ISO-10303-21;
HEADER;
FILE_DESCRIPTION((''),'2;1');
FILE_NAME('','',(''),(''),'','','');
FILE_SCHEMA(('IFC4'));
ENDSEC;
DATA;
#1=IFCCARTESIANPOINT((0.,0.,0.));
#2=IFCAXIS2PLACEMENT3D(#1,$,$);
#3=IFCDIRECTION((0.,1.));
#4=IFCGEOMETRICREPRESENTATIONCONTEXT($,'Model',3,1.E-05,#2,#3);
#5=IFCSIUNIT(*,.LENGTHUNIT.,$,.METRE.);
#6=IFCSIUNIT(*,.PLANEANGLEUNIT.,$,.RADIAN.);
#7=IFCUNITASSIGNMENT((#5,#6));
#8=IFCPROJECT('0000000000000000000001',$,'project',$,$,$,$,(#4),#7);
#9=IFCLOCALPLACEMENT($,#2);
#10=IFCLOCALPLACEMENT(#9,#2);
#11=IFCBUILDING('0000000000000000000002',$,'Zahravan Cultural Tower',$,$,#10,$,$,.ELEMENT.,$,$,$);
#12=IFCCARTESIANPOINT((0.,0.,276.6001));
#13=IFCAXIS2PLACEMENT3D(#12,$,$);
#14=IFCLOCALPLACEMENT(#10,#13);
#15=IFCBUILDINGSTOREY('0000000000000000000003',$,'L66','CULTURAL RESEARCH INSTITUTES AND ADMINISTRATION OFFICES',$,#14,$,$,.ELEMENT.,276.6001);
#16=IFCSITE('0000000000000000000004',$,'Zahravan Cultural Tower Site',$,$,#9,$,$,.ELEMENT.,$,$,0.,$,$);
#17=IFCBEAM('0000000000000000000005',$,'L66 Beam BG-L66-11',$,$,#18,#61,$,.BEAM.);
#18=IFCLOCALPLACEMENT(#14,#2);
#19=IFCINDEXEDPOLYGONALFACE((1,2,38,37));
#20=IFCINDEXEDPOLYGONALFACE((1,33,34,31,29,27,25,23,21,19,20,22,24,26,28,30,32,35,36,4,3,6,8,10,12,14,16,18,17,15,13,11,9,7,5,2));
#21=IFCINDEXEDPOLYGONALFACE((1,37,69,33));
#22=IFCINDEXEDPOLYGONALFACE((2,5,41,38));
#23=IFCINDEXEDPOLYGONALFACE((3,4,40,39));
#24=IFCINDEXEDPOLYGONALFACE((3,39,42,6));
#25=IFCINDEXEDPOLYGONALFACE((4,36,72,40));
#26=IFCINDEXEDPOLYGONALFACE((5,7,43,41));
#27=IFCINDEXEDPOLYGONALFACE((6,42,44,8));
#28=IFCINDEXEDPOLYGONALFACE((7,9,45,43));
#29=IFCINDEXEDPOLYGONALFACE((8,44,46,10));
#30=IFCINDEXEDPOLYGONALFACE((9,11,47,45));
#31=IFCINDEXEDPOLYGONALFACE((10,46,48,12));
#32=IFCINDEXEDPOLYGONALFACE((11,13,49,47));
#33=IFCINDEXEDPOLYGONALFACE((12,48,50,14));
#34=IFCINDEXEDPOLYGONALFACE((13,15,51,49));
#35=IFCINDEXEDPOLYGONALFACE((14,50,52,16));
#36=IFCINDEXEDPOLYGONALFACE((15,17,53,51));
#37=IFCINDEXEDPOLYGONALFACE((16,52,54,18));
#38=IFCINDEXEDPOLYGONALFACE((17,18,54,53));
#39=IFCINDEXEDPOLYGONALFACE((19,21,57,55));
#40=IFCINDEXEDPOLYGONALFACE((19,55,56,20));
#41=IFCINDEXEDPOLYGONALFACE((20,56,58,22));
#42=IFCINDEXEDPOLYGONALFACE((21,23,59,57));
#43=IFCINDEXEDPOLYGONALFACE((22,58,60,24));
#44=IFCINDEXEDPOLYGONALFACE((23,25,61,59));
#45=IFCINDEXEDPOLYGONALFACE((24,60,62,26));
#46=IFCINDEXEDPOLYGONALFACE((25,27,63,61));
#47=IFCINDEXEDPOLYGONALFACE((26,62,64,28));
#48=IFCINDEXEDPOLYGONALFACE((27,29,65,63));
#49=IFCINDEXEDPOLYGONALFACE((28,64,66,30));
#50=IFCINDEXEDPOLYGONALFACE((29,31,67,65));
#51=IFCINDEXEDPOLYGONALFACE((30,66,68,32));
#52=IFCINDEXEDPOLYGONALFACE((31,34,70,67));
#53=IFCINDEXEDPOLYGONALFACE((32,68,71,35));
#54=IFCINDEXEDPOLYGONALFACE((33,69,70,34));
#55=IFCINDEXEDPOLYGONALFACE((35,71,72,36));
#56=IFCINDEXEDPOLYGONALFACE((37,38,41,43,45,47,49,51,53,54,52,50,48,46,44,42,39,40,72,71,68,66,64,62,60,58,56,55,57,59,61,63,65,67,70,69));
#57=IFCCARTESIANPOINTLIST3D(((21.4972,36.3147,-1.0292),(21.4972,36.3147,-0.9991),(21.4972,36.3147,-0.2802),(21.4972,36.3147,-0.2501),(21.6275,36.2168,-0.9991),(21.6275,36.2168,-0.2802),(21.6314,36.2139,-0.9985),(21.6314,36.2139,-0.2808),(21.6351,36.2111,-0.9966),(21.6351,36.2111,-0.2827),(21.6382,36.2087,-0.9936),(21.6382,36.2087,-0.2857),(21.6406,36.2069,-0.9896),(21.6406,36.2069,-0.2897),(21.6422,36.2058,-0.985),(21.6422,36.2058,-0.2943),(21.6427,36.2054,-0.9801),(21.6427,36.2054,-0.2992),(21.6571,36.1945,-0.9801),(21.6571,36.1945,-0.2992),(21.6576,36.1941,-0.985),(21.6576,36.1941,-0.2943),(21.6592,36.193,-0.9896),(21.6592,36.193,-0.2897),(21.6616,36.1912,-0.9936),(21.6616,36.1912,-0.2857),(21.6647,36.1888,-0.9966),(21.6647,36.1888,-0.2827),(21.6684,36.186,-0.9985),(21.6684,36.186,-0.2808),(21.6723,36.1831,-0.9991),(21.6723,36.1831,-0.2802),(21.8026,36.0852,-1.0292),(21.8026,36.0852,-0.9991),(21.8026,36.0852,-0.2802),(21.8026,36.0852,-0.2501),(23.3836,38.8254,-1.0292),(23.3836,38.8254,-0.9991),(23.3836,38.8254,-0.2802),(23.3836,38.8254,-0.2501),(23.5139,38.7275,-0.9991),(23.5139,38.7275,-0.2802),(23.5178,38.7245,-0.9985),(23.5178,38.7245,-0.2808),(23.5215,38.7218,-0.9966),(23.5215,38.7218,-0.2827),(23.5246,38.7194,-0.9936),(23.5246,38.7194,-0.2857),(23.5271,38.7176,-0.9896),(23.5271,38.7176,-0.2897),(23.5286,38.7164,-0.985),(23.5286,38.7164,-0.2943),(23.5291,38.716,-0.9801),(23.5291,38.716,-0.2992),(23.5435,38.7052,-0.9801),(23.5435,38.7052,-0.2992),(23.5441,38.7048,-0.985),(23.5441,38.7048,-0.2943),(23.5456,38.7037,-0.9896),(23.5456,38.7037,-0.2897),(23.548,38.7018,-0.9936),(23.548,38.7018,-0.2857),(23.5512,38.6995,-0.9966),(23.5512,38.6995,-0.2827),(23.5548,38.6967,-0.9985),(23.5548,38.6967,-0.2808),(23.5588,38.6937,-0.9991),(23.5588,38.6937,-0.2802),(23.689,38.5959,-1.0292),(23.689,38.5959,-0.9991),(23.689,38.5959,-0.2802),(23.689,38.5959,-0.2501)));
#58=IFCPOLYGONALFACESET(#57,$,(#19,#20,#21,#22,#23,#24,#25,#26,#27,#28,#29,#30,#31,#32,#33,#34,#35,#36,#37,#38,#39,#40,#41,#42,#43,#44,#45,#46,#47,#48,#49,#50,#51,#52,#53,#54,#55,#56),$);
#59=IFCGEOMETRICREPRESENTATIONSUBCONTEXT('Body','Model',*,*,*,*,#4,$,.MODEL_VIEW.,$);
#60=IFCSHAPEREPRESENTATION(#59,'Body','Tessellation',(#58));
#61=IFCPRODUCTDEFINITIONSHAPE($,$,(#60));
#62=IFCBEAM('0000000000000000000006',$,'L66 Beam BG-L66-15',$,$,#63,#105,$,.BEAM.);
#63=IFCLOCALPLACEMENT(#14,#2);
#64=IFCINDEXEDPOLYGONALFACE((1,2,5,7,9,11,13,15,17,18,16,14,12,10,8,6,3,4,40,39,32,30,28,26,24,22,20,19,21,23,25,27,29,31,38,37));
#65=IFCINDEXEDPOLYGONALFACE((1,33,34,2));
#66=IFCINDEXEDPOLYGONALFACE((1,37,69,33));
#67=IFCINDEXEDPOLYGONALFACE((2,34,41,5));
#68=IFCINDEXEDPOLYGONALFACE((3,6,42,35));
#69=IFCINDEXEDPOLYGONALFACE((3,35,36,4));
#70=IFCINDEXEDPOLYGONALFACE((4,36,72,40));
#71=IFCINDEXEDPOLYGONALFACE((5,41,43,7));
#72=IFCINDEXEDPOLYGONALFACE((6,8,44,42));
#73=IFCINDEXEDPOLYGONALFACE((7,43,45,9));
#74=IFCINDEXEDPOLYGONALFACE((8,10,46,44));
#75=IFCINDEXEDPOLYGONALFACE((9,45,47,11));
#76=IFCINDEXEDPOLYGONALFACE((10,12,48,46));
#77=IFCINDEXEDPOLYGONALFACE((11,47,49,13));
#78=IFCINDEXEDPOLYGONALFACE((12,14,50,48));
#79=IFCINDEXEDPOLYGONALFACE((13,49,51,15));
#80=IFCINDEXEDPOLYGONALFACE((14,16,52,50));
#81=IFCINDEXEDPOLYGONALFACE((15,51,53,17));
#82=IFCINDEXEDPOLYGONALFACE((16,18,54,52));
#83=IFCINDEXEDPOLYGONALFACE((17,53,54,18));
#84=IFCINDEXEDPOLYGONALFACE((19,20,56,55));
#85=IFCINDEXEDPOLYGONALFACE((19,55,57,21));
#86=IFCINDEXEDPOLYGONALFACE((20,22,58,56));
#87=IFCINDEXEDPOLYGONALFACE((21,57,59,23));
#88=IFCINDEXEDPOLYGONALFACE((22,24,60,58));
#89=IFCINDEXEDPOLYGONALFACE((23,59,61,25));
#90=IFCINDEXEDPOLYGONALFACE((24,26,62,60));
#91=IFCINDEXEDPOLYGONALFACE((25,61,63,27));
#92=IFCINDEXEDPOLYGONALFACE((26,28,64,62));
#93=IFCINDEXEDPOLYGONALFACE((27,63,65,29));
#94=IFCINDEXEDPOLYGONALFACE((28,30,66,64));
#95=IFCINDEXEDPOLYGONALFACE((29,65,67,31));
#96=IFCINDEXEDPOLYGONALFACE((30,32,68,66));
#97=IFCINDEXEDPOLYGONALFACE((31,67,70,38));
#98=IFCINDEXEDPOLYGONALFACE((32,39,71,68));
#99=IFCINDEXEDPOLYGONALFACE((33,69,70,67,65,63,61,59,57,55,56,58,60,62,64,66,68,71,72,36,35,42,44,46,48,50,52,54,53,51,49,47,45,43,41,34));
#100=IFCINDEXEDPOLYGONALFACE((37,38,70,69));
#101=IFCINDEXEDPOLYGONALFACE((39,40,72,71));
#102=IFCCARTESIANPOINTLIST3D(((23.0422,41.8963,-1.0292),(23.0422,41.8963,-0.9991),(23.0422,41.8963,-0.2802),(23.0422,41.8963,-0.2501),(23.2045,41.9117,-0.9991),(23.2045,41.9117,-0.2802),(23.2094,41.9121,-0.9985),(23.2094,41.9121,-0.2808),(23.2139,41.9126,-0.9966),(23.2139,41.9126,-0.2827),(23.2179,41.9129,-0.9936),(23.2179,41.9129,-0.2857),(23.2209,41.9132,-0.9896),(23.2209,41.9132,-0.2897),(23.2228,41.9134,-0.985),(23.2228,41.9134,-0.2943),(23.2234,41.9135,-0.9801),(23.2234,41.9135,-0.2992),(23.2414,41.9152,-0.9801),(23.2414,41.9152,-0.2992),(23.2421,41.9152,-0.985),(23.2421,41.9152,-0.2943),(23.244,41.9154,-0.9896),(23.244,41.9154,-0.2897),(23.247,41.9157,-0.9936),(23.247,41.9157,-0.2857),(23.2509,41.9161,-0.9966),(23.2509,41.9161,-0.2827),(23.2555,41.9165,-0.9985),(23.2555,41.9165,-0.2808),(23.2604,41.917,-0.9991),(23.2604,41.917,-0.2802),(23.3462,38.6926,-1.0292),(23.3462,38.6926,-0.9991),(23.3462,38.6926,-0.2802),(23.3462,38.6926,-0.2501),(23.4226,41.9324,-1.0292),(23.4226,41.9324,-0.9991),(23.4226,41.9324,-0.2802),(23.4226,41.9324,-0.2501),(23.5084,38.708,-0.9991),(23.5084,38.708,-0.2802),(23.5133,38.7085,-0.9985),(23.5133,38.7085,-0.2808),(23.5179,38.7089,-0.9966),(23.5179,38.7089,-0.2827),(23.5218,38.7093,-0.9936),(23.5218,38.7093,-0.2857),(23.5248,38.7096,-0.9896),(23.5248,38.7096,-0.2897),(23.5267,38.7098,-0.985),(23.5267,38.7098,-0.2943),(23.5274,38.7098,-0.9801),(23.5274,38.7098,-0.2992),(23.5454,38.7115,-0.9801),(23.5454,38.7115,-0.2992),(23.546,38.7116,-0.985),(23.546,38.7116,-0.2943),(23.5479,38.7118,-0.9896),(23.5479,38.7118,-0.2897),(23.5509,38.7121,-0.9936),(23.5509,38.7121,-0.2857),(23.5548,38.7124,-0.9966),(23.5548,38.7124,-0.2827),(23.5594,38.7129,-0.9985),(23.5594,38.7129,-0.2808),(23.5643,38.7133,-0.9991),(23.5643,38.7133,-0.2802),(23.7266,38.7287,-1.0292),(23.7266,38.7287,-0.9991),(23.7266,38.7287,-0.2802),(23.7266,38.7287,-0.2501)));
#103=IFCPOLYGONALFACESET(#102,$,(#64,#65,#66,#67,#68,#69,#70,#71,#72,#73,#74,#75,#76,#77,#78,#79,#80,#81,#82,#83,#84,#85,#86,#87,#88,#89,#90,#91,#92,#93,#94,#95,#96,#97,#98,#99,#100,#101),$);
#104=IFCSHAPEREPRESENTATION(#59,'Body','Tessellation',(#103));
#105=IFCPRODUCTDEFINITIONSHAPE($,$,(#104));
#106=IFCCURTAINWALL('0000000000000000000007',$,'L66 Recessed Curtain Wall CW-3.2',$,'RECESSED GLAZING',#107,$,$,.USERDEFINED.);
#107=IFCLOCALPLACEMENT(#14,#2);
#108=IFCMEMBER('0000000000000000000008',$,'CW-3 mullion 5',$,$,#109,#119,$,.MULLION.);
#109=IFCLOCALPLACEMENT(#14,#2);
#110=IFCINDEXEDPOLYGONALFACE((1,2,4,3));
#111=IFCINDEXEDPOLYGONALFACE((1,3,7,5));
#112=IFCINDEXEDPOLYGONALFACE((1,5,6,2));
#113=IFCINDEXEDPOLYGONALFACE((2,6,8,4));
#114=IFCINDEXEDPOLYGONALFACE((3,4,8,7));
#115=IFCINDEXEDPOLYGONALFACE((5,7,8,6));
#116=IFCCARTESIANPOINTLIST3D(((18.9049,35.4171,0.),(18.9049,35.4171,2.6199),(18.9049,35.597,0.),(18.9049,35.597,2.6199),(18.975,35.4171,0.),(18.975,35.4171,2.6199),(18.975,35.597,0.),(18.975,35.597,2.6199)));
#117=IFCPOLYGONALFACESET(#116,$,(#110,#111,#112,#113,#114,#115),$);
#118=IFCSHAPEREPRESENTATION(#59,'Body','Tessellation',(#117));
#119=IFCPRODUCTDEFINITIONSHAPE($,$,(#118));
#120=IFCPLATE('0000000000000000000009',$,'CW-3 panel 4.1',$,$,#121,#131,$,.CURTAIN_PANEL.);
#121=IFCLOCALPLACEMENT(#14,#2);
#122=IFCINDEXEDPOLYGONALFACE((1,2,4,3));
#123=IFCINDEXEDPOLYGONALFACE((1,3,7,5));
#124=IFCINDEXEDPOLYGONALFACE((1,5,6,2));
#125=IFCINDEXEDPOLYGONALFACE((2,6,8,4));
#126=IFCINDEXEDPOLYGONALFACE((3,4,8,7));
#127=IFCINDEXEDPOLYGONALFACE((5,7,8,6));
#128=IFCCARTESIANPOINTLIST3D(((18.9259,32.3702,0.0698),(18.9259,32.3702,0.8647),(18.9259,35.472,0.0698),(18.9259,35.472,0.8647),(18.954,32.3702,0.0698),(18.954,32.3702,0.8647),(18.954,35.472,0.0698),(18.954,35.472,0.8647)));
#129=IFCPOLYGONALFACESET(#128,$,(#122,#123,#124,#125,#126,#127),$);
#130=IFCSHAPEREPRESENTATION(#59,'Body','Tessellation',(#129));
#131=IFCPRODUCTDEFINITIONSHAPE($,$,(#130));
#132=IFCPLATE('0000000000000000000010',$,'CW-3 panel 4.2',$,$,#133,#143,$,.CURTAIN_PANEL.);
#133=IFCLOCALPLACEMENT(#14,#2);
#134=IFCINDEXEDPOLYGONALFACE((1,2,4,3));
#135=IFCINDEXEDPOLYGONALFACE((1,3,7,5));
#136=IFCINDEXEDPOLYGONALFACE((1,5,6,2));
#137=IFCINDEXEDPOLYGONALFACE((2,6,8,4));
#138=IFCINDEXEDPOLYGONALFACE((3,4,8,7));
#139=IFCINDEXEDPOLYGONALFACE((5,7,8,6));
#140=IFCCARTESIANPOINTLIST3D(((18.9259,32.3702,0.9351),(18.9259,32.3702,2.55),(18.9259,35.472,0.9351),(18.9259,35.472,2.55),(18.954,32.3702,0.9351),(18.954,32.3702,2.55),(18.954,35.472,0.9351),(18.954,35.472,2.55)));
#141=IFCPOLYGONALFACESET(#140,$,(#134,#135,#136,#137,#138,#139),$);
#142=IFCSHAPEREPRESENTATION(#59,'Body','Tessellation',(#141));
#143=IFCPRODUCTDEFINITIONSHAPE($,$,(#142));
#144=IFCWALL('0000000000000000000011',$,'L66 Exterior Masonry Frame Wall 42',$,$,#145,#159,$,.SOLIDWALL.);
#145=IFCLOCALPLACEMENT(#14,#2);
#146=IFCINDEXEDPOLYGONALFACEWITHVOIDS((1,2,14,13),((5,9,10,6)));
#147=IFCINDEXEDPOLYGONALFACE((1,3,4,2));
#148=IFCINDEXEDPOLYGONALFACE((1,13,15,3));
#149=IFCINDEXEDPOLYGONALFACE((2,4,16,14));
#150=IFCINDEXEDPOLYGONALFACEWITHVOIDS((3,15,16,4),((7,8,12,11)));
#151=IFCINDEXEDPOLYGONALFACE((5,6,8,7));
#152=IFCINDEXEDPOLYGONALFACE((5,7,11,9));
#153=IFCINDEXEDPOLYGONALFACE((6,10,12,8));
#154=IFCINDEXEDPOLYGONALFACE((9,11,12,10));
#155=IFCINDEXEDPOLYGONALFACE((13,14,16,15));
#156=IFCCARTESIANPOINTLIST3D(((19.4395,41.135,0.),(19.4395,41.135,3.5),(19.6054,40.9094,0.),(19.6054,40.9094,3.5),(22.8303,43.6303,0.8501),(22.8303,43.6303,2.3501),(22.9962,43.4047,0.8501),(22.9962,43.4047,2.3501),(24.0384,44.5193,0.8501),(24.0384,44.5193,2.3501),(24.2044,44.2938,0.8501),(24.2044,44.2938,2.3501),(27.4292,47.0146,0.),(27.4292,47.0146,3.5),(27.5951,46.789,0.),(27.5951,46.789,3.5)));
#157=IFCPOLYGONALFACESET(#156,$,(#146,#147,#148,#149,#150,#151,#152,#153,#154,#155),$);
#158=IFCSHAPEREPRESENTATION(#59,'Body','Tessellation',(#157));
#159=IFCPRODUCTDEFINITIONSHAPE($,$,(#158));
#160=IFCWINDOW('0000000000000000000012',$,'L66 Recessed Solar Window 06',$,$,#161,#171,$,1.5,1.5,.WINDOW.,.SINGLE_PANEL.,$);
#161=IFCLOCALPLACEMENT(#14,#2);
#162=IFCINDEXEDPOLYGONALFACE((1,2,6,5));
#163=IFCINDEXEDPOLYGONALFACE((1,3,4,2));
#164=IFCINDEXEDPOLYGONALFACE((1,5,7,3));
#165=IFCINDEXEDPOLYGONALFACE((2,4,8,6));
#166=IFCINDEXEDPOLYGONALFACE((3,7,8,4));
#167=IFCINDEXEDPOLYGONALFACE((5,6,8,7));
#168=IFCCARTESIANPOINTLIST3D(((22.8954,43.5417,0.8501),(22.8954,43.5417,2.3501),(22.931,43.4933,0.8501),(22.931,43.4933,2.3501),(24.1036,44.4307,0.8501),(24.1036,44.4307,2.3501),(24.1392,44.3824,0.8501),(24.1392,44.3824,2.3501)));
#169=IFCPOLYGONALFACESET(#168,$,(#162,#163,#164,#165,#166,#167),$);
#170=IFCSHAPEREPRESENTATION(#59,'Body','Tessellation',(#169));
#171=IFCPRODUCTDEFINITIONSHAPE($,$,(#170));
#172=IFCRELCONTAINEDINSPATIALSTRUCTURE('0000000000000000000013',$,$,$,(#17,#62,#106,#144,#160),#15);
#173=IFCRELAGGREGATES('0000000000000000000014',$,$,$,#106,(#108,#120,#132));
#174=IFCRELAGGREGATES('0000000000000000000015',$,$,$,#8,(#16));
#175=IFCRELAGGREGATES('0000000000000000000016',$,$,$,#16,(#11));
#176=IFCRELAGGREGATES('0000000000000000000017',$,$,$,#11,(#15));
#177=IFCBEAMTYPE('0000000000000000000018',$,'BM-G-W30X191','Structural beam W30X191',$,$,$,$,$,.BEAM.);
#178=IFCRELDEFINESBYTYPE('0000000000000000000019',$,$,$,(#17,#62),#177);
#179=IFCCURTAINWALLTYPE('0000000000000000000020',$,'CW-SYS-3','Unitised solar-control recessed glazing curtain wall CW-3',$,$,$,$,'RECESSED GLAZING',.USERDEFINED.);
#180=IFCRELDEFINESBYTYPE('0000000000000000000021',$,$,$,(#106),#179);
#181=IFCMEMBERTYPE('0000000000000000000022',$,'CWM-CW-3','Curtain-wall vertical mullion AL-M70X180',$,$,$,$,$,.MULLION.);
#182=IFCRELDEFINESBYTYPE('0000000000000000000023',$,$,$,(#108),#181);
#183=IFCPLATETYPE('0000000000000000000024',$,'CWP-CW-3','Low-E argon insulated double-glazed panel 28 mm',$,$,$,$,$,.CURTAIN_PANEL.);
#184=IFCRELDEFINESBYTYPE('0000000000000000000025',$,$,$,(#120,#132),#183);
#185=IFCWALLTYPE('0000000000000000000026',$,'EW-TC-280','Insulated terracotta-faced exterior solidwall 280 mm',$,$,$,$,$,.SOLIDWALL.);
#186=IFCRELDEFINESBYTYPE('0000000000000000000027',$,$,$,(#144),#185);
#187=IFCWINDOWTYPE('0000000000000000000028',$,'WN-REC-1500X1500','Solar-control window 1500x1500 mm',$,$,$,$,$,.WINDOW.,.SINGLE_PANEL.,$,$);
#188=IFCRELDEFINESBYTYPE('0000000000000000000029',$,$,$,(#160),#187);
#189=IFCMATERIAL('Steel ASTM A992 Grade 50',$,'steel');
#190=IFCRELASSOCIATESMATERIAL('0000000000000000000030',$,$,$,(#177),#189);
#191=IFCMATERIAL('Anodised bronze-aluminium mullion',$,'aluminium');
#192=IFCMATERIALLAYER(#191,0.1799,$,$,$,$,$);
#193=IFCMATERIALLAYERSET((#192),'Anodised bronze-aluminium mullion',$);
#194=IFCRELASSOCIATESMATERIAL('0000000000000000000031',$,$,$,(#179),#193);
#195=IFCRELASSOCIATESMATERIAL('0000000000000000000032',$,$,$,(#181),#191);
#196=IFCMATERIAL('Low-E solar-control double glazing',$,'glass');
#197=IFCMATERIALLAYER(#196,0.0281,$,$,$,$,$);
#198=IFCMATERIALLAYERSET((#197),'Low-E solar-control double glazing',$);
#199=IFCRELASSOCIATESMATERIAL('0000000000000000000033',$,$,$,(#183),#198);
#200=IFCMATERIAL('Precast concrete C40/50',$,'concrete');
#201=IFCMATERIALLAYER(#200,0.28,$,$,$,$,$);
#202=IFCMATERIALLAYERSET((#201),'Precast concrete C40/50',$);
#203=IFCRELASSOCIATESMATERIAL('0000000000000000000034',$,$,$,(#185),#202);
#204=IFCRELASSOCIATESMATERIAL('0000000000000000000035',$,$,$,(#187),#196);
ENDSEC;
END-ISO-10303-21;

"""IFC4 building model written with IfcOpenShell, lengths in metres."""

from ifc_helpers import new_model, si_unit, direction, frame, frame_2d, origin, origin_2d, place, context, subcontext, project, spatial, rectangle, i_section, extrude, source, transform, mapped, material, layer, layer_set, material_profile, profile_set, type_object, element, fill, aggregate, save


model = new_model("IFC4")

# Units and contexts
model_context = context("Model", 3, precision=1e-05, world=origin(), true_north=direction((0.0, 1.0)))
body_context = subcontext(model_context, "Body", "Model", "MODEL_VIEW")
ifc_project = project(units=[si_unit("LENGTHUNIT", "METRE"), si_unit("PLANEANGLEUNIT", "RADIAN")], contexts=[model_context])

# Site, building, storey
site_placement = place(None, origin())
site = spatial("IfcSite", under=ifc_project, at=site_placement, Name="Zahravan Cultural Tower Site", CompositionType="ELEMENT", RefElevation=0.0)
building_placement = place(site_placement, origin())
building = spatial("IfcBuilding", under=site, at=building_placement, Name="Zahravan Cultural Tower", CompositionType="ELEMENT")
storey_placement = place(building_placement, frame((0.0, 0.0, 276.6001)))
storey = spatial("IfcBuildingStorey", under=building, at=storey_placement, Name="L66", Description="CULTURAL RESEARCH INSTITUTES AND ADMINISTRATION OFFICES", CompositionType="ELEMENT", Elevation=276.6001)

# Shared definitions
ifc_material_1 = material(Name="Steel ASTM A992 Grade 50", Category="steel")

# Beams
ifc_material_profile_1 = material_profile(ifc_material_1, i_section(OverallWidth=0.3821, OverallDepth=0.7791, WebThickness=0.0181, FlangeThickness=0.03, FilletRadius=0.019, at=origin_2d()), Name="W30X191")
ifc_profile_set_1 = profile_set([ifc_material_profile_1], Name="Steel ASTM A992 Grade 50")
beam_type_1 = type_object("IfcBeamType", Name="BM-G-W30X191", Description="Structural beam W30X191", PredefinedType="BEAM", material=ifc_profile_set_1)
shared_shape_1 = source(origin(), body_context, "Body", "SweptSolid", [
    extrude(i_section(OverallWidth=0.3821, OverallDepth=0.7791, WebThickness=0.0181, FlangeThickness=0.03, FilletRadius=0.019, at=origin_2d()), origin(), (0.0, 0.0, 1.0), 3.1404),
])
beam_1_placement = place(storey_placement, frame((21.6499, 36.2, -0.6396), z_axis=(0.600696, 0.799477, 0.0), x_axis=(-0.799477, 0.600696, 0.0)))
element("IfcBeam", 1, at=beam_1_placement, inside=storey, type_object=beam_type_1, Name="L66 Beam BG-L66-11", PredefinedType="BEAM", context=body_context, shape_type="MappedRepresentation", body=[
    mapped(shared_shape_1, transform((0.0, 0.0, 0.0), x_axis=(1.0, 0.0, 0.0), y_axis=(0.0, 1.0, 0.0), z_axis=(0.0, 0.0, 1.0), scale=1.0)),
])
shared_shape_2 = source(origin(), body_context, "Body", "SweptSolid", [
    extrude(i_section(OverallWidth=0.3821, OverallDepth=0.7791, WebThickness=0.0181, FlangeThickness=0.03, FilletRadius=0.019, at=origin_2d()), origin(), (0.0, 0.0, 1.0), 3.218),
])
beam_2_placement = place(storey_placement, frame((23.5364, 38.7107, -0.6396), z_axis=(-0.094455, 0.995529, 0.0), x_axis=(-0.995529, -0.094455, 0.0)))
element("IfcBeam", 2, at=beam_2_placement, inside=storey, type_object=beam_type_1, Name="L66 Beam BG-L66-15", PredefinedType="BEAM", context=body_context, shape_type="MappedRepresentation", body=[
    mapped(shared_shape_2, transform((0.0, 0.0, 0.0), x_axis=(1.0, 0.0, 0.0), y_axis=(0.0, 1.0, 0.0), z_axis=(0.0, 0.0, 1.0), scale=1.0)),
])

# Curtain wall, member, plates
ifc_material_2 = material(Name="Anodised bronze-aluminium mullion", Category="aluminium")
ifc_layer_1 = layer(ifc_material_2, 0.1799)
ifc_layer_set_1 = layer_set([ifc_layer_1], Name="Anodised bronze-aluminium mullion")
curtain_wall_type = type_object("IfcCurtainWallType", Name="CW-SYS-3", Description="Unitised solar-control recessed glazing curtain wall CW-3", ElementType="RECESSED GLAZING", PredefinedType="USERDEFINED", material=ifc_layer_set_1)
curtain_wall_placement = place(storey_placement, origin())
curtain_wall = element("IfcCurtainWall", 3, at=curtain_wall_placement, inside=storey, type_object=curtain_wall_type, Name="L66 Recessed Curtain Wall CW-3.2", ObjectType="RECESSED GLAZING", PredefinedType="USERDEFINED")
ifc_material_profile_2 = material_profile(ifc_material_2, rectangle(XDim=0.0701, YDim=0.1799, at=origin_2d()), Name="AL-M70X180")
ifc_profile_set_2 = profile_set([ifc_material_profile_2], Name="Anodised bronze-aluminium mullion")
member_type = type_object("IfcMemberType", Name="CWM-CW-3", Description="Curtain-wall vertical mullion AL-M70X180", PredefinedType="MULLION", material=ifc_profile_set_2)
shared_shape_3 = source(origin(), body_context, "Body", "SweptSolid", [
    extrude(rectangle(XDim=0.0701, YDim=0.1799, at=origin_2d()), origin(), (0.0, 0.0, 1.0), 2.6199),
])
member_placement = place(storey_placement, frame((18.9399, 35.5071, 0.0), z_axis=(0.0, 0.0, 1.0), x_axis=(-1.0, 0.0, 0.0)))
member = element("IfcMember", 4, at=member_placement, type_object=member_type, Name="CW-3 mullion 5", PredefinedType="MULLION", context=body_context, shape_type="MappedRepresentation", body=[
    mapped(shared_shape_3, transform((0.0, 0.0, 0.0), x_axis=(1.0, 0.0, 0.0), y_axis=(0.0, 1.0, 0.0), z_axis=(0.0, 0.0, 1.0), scale=1.0)),
])
ifc_material_3 = material(Name="Low-E solar-control double glazing", Category="glass")
ifc_layer_2 = layer(ifc_material_3, 0.0281)
ifc_layer_set_2 = layer_set([ifc_layer_2], Name="Low-E solar-control double glazing")
plate_type = type_object("IfcPlateType", Name="CWP-CW-3", Description="Low-E argon insulated double-glazed panel 28 mm", PredefinedType="CURTAIN_PANEL", material=ifc_layer_set_2)
shared_shape_4 = source(origin(), body_context, "Body", "SweptSolid", [
    extrude(rectangle(XDim=3.1018, YDim=0.0281, at=origin_2d()), origin(), (0.0, 0.0, 1.0), 0.7949),
])
plate_1_placement = place(storey_placement, frame((18.9399, 33.9211, 0.0698), z_axis=(0.0, 0.0, 1.0), x_axis=(0.0, 1.0, 0.0)))
plate_1 = element("IfcPlate", 5, at=plate_1_placement, type_object=plate_type, Name="CW-3 panel 4.1", PredefinedType="CURTAIN_PANEL", context=body_context, shape_type="MappedRepresentation", body=[
    mapped(shared_shape_4, transform((0.0, 0.0, 0.0), x_axis=(1.0, 0.0, 0.0), y_axis=(0.0, 1.0, 0.0), z_axis=(0.0, 0.0, 1.0), scale=1.0)),
])
shared_shape_5 = source(origin(), body_context, "Body", "SweptSolid", [
    extrude(rectangle(XDim=3.1018, YDim=0.0281, at=origin_2d()), origin(), (0.0, 0.0, 1.0), 1.615),
])
plate_2_placement = place(storey_placement, frame((18.9399, 33.9211, 0.9351), z_axis=(0.0, 0.0, 1.0), x_axis=(0.0, 1.0, 0.0)))
plate_2 = element("IfcPlate", 6, at=plate_2_placement, type_object=plate_type, Name="CW-3 panel 4.2", PredefinedType="CURTAIN_PANEL", context=body_context, shape_type="MappedRepresentation", body=[
    mapped(shared_shape_5, transform((0.0, 0.0, 0.0), x_axis=(1.0, 0.0, 0.0), y_axis=(0.0, 1.0, 0.0), z_axis=(0.0, 0.0, 1.0), scale=1.0)),
])
aggregate(curtain_wall, [member, plate_1, plate_2])

# Wall, opening, window
ifc_material_4 = material(Name="Precast concrete C40/50", Category="concrete")
ifc_layer_3 = layer(ifc_material_4, 0.28)
ifc_layer_set_3 = layer_set([ifc_layer_3], Name="Precast concrete C40/50")
wall_type_1 = type_object("IfcWallType", Name="EW-TC-280", Description="Insulated terracotta-faced exterior solidwall 280 mm", PredefinedType="SOLIDWALL", material=ifc_layer_set_3)
wall_1_placement = place(storey_placement, frame((19.5225, 41.0222, 0.0), z_axis=(0.0, 0.0, 1.0), x_axis=(0.805419, 0.592706, 0.0)))
wall_1 = element("IfcWall", 7, at=wall_1_placement, inside=storey, type_object=wall_type_1, Name="L66 Exterior Masonry Frame Wall 42", PredefinedType="SOLIDWALL", context=body_context, shape_type="SweptSolid", body=[
    extrude(rectangle(XDim=9.9199, YDim=0.28, at=frame_2d((4.96, 0.0))), origin(), (0.0, 0.0, 1.0), 3.5),
])
opening_placement = place(wall_1_placement, frame((4.21, 0.0, 0.8501)))
opening = element("IfcOpeningElement", 8, at=opening_placement, cuts=wall_1, PredefinedType="OPENING", context=body_context, shape_type="SweptSolid", body=[
    extrude(rectangle(XDim=1.5, YDim=1.5, at=frame_2d((0.75, 0.75))), frame((0.0, 0.1499, 0.0), z_axis=(0.0, -1.0, 0.0), x_axis=(1.0, 0.0, 0.0)), (0.0, 0.0, 1.0), 0.3),
])
window_type = type_object("IfcWindowType", Name="WN-REC-1500X1500", Description="Solar-control window 1500x1500 mm", PartitioningType="SINGLE_PANEL", PredefinedType="WINDOW", material=ifc_material_3)
shared_shape_6 = source(origin(), body_context, "Body", "SweptSolid", [
    extrude(rectangle(XDim=1.5, YDim=1.5, at=frame_2d((0.75, 0.75))), frame((0.0, 0.03, 0.0), z_axis=(0.0, -1.0, 0.0), x_axis=(1.0, 0.0, 0.0)), (0.0, 0.0, 1.0), 0.0601),
])
window_placement = place(opening_placement, origin())
window = element("IfcWindow", 9, at=window_placement, inside=storey, type_object=window_type, Name="L66 Recessed Solar Window 06", OverallHeight=1.5, OverallWidth=1.5, PartitioningType="SINGLE_PANEL", PredefinedType="WINDOW", context=body_context, shape_type="MappedRepresentation", body=[
    mapped(shared_shape_6, transform((0.0, 0.0, 0.0), x_axis=(1.0, 0.0, 0.0), y_axis=(0.0, 1.0, 0.0), z_axis=(0.0, 0.0, 1.0), scale=1.0)),
])
fill(opening, window)

save(model, "model.ifc")
